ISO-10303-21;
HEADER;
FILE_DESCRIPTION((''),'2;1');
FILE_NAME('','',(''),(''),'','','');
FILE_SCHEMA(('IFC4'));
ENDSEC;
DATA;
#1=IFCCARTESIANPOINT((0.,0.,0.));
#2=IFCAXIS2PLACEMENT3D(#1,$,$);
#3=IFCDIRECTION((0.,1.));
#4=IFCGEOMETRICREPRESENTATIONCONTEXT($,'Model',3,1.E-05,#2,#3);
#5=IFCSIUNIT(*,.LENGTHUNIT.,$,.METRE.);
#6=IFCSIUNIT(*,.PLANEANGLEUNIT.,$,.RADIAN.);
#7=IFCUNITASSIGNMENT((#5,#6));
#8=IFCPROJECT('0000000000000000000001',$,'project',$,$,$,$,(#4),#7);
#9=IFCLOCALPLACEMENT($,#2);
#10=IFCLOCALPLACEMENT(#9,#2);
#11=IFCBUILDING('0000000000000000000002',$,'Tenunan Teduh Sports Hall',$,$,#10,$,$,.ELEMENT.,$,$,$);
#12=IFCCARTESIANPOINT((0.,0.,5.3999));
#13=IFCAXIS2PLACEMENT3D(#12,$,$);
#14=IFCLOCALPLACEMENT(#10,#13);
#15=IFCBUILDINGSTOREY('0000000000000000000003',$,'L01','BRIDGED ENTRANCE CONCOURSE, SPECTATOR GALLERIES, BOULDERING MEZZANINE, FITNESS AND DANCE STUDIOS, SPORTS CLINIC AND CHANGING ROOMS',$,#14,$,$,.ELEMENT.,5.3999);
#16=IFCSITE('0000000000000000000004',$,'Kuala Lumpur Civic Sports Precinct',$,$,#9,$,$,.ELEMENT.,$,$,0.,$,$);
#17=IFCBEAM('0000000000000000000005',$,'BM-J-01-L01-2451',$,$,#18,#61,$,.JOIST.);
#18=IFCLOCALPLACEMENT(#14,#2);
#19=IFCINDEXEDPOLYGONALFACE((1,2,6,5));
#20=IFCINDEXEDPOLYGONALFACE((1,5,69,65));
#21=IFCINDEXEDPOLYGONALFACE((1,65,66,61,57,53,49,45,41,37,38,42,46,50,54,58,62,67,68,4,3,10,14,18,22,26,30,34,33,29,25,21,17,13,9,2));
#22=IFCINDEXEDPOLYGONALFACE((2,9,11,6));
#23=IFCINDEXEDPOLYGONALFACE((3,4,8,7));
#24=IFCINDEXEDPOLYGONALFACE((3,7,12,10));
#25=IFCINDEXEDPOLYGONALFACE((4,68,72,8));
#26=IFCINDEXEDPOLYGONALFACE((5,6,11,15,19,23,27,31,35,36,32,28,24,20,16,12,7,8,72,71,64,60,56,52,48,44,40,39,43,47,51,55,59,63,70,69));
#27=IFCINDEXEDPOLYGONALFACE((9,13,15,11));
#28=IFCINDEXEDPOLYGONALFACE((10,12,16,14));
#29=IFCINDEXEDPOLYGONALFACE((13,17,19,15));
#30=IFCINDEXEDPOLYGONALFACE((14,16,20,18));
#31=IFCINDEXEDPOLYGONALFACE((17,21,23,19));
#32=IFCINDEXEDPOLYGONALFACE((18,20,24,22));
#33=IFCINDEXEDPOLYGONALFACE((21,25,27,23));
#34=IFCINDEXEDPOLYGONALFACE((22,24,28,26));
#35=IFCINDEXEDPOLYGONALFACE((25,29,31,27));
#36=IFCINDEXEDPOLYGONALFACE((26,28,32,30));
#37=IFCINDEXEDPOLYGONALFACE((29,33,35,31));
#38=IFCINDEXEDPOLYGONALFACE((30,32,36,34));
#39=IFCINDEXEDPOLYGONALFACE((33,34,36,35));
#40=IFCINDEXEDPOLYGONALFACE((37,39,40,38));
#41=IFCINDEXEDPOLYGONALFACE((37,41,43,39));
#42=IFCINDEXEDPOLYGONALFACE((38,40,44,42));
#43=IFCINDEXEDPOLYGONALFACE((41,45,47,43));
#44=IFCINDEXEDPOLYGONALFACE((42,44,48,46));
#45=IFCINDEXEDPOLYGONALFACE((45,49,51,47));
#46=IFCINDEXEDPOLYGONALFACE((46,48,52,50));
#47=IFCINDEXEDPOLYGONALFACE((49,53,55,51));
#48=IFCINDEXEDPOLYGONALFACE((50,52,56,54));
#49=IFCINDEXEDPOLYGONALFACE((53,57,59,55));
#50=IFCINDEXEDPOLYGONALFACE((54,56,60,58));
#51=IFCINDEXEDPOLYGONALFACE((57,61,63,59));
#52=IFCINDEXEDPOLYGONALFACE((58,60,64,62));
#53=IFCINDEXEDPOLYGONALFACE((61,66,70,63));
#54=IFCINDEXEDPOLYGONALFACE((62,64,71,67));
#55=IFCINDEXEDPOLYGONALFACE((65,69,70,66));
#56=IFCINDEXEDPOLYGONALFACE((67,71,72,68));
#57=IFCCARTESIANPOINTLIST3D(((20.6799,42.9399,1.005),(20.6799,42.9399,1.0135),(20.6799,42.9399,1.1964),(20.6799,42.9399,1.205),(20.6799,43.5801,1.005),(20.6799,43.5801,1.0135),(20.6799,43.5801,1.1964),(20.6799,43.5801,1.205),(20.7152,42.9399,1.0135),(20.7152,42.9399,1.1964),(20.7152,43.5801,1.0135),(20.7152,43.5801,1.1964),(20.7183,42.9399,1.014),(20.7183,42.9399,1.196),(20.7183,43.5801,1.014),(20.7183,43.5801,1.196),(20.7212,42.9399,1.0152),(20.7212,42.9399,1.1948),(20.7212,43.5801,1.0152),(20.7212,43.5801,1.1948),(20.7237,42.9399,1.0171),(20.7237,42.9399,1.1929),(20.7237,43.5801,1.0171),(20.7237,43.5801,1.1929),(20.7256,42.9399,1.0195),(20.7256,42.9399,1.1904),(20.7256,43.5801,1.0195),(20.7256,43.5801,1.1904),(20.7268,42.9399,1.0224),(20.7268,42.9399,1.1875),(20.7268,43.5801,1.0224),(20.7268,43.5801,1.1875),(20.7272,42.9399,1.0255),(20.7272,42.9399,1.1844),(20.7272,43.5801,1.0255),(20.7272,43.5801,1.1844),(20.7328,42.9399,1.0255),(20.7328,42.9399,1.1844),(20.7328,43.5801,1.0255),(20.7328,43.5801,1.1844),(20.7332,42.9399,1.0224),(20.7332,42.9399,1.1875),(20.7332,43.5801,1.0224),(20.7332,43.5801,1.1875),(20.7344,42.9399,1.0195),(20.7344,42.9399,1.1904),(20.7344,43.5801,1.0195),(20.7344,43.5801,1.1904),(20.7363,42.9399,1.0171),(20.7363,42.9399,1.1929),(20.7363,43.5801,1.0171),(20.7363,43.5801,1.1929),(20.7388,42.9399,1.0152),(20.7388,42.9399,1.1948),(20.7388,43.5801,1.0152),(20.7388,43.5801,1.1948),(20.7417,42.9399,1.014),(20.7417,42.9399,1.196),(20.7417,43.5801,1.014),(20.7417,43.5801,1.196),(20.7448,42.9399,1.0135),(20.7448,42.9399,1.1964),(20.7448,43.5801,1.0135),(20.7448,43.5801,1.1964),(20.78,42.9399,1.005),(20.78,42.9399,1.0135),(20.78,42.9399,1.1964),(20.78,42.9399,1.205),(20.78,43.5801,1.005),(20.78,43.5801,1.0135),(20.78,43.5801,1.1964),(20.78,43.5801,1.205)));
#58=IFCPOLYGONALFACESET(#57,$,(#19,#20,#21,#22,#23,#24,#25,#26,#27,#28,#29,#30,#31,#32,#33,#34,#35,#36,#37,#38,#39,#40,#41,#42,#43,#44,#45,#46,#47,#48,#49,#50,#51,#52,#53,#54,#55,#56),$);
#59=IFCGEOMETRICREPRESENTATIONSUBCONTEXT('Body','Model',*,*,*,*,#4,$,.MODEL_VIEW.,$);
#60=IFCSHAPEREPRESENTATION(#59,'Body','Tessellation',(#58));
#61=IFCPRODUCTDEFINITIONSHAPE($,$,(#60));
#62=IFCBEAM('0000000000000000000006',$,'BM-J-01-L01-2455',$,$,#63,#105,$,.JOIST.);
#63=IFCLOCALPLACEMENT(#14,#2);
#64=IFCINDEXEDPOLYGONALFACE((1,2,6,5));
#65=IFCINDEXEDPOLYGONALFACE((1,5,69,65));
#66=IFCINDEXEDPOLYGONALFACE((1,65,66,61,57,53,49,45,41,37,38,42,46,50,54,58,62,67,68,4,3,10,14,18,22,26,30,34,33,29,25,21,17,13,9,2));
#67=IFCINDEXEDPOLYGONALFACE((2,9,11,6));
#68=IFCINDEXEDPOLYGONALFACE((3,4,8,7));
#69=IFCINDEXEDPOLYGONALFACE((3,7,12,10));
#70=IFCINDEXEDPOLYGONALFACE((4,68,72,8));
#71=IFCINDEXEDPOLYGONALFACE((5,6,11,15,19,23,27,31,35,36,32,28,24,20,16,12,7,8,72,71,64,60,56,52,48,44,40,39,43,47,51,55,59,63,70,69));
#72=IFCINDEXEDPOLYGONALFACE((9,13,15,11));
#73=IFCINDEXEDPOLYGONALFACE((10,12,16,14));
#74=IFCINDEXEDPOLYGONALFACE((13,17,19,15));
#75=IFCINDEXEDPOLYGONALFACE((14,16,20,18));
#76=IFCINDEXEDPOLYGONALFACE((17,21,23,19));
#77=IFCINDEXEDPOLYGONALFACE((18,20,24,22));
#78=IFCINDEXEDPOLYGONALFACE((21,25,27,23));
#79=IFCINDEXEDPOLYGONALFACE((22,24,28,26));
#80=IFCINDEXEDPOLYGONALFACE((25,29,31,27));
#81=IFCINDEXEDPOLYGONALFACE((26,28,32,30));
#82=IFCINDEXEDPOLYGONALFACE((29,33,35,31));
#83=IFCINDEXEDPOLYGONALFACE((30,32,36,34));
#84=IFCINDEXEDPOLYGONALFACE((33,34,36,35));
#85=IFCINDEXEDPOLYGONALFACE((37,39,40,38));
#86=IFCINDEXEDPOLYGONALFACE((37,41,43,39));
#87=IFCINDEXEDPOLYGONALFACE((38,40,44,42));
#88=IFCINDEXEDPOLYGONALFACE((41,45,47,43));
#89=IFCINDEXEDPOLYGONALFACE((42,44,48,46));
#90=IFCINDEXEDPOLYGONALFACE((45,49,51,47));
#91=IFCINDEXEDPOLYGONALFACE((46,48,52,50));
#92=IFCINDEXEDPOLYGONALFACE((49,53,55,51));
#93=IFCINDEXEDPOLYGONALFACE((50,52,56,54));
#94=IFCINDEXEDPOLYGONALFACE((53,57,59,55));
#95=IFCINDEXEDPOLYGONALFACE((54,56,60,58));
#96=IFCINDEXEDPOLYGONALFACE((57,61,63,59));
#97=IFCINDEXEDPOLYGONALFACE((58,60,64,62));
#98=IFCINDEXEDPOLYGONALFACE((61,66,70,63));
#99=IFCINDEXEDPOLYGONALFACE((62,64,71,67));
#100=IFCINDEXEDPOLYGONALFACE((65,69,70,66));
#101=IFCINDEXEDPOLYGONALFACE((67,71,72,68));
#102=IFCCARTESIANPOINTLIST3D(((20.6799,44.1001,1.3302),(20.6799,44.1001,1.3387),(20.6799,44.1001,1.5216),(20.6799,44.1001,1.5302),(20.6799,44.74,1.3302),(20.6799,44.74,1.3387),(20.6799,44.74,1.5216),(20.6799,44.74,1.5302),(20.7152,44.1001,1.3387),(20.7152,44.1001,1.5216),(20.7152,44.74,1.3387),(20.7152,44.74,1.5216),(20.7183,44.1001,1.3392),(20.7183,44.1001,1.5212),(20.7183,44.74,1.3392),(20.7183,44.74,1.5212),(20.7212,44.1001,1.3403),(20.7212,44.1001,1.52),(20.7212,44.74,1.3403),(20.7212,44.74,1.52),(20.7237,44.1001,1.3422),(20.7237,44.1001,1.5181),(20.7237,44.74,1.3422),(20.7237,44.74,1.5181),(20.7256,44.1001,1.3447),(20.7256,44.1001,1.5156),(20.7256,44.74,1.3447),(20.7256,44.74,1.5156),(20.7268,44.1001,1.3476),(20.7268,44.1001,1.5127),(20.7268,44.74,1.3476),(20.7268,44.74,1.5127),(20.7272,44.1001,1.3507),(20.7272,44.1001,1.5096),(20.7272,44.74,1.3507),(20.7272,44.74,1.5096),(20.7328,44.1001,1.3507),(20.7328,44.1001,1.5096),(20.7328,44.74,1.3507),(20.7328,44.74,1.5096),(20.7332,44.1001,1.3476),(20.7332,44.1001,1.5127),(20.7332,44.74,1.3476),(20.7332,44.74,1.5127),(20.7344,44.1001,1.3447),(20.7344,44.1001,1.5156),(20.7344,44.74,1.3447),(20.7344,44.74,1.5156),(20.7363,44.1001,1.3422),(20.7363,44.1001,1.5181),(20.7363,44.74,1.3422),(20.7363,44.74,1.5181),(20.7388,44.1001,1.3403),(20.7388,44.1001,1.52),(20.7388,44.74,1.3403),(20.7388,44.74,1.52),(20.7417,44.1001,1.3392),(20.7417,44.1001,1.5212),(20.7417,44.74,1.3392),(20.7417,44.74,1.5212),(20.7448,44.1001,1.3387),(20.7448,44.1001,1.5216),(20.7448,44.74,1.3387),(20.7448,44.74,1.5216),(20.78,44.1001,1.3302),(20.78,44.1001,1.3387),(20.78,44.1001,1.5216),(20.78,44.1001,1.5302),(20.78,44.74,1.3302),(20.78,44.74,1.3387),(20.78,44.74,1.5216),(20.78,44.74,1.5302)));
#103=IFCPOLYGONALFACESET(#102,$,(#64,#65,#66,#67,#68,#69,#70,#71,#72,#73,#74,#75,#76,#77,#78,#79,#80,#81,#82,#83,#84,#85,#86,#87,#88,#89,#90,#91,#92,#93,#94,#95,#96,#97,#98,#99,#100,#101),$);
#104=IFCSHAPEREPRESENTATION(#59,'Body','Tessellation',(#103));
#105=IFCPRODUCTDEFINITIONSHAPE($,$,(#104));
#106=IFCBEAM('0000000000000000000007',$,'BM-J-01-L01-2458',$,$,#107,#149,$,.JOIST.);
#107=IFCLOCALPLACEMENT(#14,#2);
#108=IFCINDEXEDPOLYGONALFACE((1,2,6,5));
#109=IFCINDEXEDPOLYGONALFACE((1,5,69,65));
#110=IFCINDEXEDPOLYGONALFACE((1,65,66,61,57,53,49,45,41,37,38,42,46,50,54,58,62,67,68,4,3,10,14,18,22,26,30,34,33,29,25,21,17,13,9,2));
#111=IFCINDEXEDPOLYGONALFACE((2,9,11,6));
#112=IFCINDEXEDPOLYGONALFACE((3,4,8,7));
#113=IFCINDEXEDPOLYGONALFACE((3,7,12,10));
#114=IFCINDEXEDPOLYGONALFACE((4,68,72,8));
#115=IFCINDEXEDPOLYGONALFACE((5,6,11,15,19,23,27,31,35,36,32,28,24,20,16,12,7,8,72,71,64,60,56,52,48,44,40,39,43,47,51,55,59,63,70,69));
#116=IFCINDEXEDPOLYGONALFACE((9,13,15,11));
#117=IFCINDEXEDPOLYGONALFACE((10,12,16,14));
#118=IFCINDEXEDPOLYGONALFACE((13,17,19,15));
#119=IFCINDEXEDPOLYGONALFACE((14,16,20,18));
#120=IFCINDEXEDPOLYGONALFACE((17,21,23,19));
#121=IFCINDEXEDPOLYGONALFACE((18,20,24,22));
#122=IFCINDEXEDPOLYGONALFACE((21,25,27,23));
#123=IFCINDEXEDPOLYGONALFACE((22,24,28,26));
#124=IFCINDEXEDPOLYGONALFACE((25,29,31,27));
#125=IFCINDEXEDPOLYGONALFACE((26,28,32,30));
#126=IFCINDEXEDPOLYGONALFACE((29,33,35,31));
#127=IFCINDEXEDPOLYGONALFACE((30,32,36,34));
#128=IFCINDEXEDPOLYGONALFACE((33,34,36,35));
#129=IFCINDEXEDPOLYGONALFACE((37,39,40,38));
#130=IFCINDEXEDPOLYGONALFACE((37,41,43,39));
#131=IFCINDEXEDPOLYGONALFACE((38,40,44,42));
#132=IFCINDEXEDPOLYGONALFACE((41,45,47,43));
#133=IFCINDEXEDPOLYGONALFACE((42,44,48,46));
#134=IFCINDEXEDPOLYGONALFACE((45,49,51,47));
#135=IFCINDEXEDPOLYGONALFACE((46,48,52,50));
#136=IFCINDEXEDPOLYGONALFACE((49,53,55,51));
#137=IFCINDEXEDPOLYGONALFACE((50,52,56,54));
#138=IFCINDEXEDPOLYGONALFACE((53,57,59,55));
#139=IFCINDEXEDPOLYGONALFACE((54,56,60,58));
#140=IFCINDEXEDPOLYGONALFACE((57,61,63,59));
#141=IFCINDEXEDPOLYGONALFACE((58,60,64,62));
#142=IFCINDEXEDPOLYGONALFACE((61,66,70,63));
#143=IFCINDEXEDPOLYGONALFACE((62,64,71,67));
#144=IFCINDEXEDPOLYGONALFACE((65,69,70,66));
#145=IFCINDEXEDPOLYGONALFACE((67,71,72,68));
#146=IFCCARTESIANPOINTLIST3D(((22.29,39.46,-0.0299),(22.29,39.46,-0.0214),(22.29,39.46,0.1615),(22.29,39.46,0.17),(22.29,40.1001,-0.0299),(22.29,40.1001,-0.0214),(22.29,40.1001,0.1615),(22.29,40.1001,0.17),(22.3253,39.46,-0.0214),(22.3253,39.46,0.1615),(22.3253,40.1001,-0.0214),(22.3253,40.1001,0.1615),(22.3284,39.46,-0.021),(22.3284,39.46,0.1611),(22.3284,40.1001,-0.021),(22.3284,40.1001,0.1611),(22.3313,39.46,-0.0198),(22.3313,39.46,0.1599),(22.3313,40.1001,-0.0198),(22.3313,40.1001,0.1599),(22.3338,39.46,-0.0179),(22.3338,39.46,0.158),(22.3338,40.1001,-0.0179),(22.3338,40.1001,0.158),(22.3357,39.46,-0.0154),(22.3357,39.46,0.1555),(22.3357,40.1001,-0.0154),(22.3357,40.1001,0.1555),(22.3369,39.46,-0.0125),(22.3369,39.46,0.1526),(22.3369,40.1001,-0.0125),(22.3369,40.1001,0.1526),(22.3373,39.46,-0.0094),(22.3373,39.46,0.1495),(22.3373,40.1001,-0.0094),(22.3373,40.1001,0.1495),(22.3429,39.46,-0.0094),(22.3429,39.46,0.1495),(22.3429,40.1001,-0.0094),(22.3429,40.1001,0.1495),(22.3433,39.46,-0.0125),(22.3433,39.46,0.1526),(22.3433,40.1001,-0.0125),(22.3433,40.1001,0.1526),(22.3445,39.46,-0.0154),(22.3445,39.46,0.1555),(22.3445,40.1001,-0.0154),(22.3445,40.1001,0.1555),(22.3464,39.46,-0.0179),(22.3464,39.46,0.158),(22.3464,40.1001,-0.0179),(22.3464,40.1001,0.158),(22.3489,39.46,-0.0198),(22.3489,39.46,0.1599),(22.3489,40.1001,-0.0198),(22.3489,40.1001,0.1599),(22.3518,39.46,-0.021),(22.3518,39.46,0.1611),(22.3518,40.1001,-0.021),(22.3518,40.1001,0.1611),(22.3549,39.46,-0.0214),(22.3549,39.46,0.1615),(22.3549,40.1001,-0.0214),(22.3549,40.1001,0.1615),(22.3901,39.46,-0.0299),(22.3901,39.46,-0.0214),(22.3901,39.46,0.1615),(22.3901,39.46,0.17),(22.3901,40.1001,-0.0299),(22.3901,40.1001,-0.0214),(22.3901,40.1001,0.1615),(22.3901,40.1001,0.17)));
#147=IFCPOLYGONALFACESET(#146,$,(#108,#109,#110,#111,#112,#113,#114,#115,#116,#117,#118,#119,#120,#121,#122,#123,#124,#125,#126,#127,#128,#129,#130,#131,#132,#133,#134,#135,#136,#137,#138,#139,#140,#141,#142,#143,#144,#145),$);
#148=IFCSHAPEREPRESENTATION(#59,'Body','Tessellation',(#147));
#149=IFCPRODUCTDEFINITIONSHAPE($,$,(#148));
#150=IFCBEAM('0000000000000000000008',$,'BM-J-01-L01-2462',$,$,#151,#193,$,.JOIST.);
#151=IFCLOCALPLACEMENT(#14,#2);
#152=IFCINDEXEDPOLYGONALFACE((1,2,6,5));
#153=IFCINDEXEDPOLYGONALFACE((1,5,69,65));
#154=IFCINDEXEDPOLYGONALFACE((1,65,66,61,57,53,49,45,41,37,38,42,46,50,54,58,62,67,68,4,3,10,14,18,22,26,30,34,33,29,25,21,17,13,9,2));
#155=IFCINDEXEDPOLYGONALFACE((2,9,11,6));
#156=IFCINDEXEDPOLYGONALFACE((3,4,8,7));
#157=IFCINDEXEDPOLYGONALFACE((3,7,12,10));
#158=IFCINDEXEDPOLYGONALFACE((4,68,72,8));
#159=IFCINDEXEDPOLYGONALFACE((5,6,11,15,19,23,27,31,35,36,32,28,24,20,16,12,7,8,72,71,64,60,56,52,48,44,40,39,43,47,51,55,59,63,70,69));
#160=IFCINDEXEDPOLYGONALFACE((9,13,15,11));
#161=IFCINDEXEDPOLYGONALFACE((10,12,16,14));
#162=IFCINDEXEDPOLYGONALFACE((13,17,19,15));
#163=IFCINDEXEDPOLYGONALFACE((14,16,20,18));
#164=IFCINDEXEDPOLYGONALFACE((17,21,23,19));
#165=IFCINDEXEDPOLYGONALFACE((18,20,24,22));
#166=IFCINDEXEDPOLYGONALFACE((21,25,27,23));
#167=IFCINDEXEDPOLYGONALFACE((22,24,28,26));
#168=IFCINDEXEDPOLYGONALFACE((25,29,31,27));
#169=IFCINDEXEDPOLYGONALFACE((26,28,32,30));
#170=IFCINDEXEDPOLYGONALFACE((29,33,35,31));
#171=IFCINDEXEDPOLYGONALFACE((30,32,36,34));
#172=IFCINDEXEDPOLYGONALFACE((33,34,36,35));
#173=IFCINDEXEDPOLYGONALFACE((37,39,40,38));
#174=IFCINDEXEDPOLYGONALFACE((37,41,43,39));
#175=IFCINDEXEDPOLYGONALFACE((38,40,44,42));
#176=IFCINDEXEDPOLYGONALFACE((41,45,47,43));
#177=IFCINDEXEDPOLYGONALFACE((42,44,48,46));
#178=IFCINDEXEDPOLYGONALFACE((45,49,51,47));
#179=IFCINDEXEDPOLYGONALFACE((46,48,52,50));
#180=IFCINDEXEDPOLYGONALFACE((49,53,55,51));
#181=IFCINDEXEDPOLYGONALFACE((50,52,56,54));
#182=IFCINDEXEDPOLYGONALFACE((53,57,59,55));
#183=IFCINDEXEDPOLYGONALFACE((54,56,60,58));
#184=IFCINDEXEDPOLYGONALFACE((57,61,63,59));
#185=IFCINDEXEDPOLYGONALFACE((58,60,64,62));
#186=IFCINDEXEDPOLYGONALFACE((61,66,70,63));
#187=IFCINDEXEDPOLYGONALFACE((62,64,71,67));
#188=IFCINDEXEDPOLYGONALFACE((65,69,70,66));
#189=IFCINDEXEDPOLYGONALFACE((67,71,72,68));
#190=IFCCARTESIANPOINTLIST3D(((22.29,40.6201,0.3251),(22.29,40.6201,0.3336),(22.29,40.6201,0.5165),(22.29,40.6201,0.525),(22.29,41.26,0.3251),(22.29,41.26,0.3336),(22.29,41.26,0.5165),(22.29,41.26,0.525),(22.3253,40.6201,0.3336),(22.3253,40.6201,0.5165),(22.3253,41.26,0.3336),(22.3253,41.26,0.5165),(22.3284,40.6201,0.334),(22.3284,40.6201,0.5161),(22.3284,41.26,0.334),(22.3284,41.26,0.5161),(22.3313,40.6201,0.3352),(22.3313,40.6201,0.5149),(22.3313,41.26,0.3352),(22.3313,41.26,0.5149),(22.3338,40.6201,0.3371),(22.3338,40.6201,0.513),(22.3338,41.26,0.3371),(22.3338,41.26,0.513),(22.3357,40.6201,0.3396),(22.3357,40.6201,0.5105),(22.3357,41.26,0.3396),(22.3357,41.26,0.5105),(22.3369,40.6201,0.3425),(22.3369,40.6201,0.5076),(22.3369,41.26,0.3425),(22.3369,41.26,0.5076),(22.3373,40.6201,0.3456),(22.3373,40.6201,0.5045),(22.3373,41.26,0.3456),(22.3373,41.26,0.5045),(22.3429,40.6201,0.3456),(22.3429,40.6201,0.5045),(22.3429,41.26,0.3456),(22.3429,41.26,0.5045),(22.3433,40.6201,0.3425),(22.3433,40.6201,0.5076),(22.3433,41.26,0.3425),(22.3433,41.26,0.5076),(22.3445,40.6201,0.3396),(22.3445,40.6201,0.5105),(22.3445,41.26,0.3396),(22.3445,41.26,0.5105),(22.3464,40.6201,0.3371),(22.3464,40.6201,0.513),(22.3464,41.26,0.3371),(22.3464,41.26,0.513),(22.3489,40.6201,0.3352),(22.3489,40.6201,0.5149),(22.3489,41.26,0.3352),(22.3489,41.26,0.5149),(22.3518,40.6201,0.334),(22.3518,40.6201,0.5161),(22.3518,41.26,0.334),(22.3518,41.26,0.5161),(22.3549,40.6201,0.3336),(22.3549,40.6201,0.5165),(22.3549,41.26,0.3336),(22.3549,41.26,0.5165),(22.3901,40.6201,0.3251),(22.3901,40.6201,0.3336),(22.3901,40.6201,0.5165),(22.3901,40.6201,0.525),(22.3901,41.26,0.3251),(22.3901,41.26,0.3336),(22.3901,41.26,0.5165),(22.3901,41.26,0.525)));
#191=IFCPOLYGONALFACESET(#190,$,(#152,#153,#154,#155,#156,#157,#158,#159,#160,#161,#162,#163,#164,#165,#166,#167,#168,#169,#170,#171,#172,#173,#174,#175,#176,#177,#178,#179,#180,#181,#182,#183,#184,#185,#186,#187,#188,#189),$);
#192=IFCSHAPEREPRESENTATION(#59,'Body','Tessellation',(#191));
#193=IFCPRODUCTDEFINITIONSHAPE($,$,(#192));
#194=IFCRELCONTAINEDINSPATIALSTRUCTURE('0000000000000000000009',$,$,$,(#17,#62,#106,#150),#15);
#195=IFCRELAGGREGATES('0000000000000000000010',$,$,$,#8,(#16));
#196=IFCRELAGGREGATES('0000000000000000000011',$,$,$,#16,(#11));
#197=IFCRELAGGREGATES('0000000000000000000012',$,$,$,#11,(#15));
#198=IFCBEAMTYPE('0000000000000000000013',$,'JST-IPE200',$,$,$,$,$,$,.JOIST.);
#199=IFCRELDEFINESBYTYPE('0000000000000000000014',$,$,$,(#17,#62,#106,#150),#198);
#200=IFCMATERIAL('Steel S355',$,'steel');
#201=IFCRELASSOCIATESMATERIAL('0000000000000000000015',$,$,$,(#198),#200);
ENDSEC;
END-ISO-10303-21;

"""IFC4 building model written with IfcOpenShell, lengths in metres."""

from ifc_helpers import new_model, si_unit, direction, frame, origin, origin_2d, place, context, subcontext, project, spatial, i_section, extrude, material, material_profile, profile_set, type_object, element, save


model = new_model("IFC4")

# Units and contexts
model_context = context("Model", 3, precision=1e-05, world=origin(), true_north=direction((0.0, 1.0)))
body_context = subcontext(model_context, "Body", "Model", "MODEL_VIEW")
ifc_project = project(units=[si_unit("LENGTHUNIT", "METRE"), si_unit("PLANEANGLEUNIT", "RADIAN")], contexts=[model_context])

# Site, building, storey
site_placement = place(None, origin())
site = spatial("IfcSite", under=ifc_project, at=site_placement, Name="Kuala Lumpur Civic Sports Precinct", CompositionType="ELEMENT", RefElevation=0.0)
building_placement = place(site_placement, origin())
building = spatial("IfcBuilding", under=site, at=building_placement, Name="Tenunan Teduh Sports Hall", CompositionType="ELEMENT")
storey_placement = place(building_placement, frame((0.0, 0.0, 5.3999)))
storey = spatial("IfcBuildingStorey", under=building, at=storey_placement, Name="L01", Description="BRIDGED ENTRANCE CONCOURSE, SPECTATOR GALLERIES, BOULDERING MEZZANINE, FITNESS AND DANCE STUDIOS, SPORTS CLINIC AND CHANGING ROOMS", CompositionType="ELEMENT", Elevation=5.3999)

# Beams
ifc_material_1 = material(Name="Steel S355", Category="steel")
ifc_material_profile_1 = material_profile(ifc_material_1, i_section(OverallWidth=0.1001, OverallDepth=0.2, WebThickness=0.0056, FlangeThickness=0.0085, FilletRadius=0.012, at=origin_2d()), Name="IPE 200")
ifc_profile_set_1 = profile_set([ifc_material_profile_1], Name="Steel S355")
beam_type_1 = type_object("IfcBeamType", Name="JST-IPE200", PredefinedType="JOIST", material=ifc_profile_set_1)
beam_1_placement = place(storey_placement, frame((20.73, 42.9399, 1.105), z_axis=(0.0, 1.0, 0.0), x_axis=(-1.0, 0.0, 0.0)))
element("IfcBeam", 1, at=beam_1_placement, inside=storey, type_object=beam_type_1, Name="BM-J-01-L01-2451", PredefinedType="JOIST", context=body_context, shape_type="SweptSolid", body=[
    extrude(i_section(OverallWidth=0.1001, OverallDepth=0.2, WebThickness=0.0056, FlangeThickness=0.0085, FilletRadius=0.012, at=origin_2d()), origin(), (0.0, 0.0, 1.0), 0.6401),
])
beam_2_placement = place(storey_placement, frame((20.73, 44.1001, 1.4302), z_axis=(0.0, 1.0, 0.0), x_axis=(-1.0, 0.0, 0.0)))
element("IfcBeam", 2, at=beam_2_placement, inside=storey, type_object=beam_type_1, Name="BM-J-01-L01-2455", PredefinedType="JOIST", context=body_context, shape_type="SweptSolid", body=[
    extrude(i_section(OverallWidth=0.1001, OverallDepth=0.2, WebThickness=0.0056, FlangeThickness=0.0085, FilletRadius=0.012, at=origin_2d()), origin(), (0.0, 0.0, 1.0), 0.6399),
])
beam_3_placement = place(storey_placement, frame((22.3401, 39.46, 0.0701), z_axis=(0.0, 1.0, 0.0), x_axis=(-1.0, 0.0, 0.0)))
element("IfcBeam", 3, at=beam_3_placement, inside=storey, type_object=beam_type_1, Name="BM-J-01-L01-2458", PredefinedType="JOIST", context=body_context, shape_type="SweptSolid", body=[
    extrude(i_section(OverallWidth=0.1001, OverallDepth=0.2, WebThickness=0.0056, FlangeThickness=0.0085, FilletRadius=0.012, at=origin_2d()), origin(), (0.0, 0.0, 1.0), 0.6401),
])
for number, where, z_axis, x_axis, name in (
    (4, (22.3401, 40.6201, 0.425), (0.0, 1.0, 0.0), (-1.0, 0.0, 0.0), "BM-J-01-L01-2462"),
):
    element("IfcBeam", number, at=place(storey_placement, frame(where, z_axis=z_axis, x_axis=x_axis)), inside=storey, type_object=beam_type_1, Name=name, PredefinedType="JOIST", context=body_context, shape_type="SweptSolid", body=[
        extrude(i_section(OverallWidth=0.1001, OverallDepth=0.2, WebThickness=0.0056, FlangeThickness=0.0085, FilletRadius=0.012, at=origin_2d()), origin(), (0.0, 0.0, 1.0), 0.6399),
    ])

save(model, "model.ifc")
